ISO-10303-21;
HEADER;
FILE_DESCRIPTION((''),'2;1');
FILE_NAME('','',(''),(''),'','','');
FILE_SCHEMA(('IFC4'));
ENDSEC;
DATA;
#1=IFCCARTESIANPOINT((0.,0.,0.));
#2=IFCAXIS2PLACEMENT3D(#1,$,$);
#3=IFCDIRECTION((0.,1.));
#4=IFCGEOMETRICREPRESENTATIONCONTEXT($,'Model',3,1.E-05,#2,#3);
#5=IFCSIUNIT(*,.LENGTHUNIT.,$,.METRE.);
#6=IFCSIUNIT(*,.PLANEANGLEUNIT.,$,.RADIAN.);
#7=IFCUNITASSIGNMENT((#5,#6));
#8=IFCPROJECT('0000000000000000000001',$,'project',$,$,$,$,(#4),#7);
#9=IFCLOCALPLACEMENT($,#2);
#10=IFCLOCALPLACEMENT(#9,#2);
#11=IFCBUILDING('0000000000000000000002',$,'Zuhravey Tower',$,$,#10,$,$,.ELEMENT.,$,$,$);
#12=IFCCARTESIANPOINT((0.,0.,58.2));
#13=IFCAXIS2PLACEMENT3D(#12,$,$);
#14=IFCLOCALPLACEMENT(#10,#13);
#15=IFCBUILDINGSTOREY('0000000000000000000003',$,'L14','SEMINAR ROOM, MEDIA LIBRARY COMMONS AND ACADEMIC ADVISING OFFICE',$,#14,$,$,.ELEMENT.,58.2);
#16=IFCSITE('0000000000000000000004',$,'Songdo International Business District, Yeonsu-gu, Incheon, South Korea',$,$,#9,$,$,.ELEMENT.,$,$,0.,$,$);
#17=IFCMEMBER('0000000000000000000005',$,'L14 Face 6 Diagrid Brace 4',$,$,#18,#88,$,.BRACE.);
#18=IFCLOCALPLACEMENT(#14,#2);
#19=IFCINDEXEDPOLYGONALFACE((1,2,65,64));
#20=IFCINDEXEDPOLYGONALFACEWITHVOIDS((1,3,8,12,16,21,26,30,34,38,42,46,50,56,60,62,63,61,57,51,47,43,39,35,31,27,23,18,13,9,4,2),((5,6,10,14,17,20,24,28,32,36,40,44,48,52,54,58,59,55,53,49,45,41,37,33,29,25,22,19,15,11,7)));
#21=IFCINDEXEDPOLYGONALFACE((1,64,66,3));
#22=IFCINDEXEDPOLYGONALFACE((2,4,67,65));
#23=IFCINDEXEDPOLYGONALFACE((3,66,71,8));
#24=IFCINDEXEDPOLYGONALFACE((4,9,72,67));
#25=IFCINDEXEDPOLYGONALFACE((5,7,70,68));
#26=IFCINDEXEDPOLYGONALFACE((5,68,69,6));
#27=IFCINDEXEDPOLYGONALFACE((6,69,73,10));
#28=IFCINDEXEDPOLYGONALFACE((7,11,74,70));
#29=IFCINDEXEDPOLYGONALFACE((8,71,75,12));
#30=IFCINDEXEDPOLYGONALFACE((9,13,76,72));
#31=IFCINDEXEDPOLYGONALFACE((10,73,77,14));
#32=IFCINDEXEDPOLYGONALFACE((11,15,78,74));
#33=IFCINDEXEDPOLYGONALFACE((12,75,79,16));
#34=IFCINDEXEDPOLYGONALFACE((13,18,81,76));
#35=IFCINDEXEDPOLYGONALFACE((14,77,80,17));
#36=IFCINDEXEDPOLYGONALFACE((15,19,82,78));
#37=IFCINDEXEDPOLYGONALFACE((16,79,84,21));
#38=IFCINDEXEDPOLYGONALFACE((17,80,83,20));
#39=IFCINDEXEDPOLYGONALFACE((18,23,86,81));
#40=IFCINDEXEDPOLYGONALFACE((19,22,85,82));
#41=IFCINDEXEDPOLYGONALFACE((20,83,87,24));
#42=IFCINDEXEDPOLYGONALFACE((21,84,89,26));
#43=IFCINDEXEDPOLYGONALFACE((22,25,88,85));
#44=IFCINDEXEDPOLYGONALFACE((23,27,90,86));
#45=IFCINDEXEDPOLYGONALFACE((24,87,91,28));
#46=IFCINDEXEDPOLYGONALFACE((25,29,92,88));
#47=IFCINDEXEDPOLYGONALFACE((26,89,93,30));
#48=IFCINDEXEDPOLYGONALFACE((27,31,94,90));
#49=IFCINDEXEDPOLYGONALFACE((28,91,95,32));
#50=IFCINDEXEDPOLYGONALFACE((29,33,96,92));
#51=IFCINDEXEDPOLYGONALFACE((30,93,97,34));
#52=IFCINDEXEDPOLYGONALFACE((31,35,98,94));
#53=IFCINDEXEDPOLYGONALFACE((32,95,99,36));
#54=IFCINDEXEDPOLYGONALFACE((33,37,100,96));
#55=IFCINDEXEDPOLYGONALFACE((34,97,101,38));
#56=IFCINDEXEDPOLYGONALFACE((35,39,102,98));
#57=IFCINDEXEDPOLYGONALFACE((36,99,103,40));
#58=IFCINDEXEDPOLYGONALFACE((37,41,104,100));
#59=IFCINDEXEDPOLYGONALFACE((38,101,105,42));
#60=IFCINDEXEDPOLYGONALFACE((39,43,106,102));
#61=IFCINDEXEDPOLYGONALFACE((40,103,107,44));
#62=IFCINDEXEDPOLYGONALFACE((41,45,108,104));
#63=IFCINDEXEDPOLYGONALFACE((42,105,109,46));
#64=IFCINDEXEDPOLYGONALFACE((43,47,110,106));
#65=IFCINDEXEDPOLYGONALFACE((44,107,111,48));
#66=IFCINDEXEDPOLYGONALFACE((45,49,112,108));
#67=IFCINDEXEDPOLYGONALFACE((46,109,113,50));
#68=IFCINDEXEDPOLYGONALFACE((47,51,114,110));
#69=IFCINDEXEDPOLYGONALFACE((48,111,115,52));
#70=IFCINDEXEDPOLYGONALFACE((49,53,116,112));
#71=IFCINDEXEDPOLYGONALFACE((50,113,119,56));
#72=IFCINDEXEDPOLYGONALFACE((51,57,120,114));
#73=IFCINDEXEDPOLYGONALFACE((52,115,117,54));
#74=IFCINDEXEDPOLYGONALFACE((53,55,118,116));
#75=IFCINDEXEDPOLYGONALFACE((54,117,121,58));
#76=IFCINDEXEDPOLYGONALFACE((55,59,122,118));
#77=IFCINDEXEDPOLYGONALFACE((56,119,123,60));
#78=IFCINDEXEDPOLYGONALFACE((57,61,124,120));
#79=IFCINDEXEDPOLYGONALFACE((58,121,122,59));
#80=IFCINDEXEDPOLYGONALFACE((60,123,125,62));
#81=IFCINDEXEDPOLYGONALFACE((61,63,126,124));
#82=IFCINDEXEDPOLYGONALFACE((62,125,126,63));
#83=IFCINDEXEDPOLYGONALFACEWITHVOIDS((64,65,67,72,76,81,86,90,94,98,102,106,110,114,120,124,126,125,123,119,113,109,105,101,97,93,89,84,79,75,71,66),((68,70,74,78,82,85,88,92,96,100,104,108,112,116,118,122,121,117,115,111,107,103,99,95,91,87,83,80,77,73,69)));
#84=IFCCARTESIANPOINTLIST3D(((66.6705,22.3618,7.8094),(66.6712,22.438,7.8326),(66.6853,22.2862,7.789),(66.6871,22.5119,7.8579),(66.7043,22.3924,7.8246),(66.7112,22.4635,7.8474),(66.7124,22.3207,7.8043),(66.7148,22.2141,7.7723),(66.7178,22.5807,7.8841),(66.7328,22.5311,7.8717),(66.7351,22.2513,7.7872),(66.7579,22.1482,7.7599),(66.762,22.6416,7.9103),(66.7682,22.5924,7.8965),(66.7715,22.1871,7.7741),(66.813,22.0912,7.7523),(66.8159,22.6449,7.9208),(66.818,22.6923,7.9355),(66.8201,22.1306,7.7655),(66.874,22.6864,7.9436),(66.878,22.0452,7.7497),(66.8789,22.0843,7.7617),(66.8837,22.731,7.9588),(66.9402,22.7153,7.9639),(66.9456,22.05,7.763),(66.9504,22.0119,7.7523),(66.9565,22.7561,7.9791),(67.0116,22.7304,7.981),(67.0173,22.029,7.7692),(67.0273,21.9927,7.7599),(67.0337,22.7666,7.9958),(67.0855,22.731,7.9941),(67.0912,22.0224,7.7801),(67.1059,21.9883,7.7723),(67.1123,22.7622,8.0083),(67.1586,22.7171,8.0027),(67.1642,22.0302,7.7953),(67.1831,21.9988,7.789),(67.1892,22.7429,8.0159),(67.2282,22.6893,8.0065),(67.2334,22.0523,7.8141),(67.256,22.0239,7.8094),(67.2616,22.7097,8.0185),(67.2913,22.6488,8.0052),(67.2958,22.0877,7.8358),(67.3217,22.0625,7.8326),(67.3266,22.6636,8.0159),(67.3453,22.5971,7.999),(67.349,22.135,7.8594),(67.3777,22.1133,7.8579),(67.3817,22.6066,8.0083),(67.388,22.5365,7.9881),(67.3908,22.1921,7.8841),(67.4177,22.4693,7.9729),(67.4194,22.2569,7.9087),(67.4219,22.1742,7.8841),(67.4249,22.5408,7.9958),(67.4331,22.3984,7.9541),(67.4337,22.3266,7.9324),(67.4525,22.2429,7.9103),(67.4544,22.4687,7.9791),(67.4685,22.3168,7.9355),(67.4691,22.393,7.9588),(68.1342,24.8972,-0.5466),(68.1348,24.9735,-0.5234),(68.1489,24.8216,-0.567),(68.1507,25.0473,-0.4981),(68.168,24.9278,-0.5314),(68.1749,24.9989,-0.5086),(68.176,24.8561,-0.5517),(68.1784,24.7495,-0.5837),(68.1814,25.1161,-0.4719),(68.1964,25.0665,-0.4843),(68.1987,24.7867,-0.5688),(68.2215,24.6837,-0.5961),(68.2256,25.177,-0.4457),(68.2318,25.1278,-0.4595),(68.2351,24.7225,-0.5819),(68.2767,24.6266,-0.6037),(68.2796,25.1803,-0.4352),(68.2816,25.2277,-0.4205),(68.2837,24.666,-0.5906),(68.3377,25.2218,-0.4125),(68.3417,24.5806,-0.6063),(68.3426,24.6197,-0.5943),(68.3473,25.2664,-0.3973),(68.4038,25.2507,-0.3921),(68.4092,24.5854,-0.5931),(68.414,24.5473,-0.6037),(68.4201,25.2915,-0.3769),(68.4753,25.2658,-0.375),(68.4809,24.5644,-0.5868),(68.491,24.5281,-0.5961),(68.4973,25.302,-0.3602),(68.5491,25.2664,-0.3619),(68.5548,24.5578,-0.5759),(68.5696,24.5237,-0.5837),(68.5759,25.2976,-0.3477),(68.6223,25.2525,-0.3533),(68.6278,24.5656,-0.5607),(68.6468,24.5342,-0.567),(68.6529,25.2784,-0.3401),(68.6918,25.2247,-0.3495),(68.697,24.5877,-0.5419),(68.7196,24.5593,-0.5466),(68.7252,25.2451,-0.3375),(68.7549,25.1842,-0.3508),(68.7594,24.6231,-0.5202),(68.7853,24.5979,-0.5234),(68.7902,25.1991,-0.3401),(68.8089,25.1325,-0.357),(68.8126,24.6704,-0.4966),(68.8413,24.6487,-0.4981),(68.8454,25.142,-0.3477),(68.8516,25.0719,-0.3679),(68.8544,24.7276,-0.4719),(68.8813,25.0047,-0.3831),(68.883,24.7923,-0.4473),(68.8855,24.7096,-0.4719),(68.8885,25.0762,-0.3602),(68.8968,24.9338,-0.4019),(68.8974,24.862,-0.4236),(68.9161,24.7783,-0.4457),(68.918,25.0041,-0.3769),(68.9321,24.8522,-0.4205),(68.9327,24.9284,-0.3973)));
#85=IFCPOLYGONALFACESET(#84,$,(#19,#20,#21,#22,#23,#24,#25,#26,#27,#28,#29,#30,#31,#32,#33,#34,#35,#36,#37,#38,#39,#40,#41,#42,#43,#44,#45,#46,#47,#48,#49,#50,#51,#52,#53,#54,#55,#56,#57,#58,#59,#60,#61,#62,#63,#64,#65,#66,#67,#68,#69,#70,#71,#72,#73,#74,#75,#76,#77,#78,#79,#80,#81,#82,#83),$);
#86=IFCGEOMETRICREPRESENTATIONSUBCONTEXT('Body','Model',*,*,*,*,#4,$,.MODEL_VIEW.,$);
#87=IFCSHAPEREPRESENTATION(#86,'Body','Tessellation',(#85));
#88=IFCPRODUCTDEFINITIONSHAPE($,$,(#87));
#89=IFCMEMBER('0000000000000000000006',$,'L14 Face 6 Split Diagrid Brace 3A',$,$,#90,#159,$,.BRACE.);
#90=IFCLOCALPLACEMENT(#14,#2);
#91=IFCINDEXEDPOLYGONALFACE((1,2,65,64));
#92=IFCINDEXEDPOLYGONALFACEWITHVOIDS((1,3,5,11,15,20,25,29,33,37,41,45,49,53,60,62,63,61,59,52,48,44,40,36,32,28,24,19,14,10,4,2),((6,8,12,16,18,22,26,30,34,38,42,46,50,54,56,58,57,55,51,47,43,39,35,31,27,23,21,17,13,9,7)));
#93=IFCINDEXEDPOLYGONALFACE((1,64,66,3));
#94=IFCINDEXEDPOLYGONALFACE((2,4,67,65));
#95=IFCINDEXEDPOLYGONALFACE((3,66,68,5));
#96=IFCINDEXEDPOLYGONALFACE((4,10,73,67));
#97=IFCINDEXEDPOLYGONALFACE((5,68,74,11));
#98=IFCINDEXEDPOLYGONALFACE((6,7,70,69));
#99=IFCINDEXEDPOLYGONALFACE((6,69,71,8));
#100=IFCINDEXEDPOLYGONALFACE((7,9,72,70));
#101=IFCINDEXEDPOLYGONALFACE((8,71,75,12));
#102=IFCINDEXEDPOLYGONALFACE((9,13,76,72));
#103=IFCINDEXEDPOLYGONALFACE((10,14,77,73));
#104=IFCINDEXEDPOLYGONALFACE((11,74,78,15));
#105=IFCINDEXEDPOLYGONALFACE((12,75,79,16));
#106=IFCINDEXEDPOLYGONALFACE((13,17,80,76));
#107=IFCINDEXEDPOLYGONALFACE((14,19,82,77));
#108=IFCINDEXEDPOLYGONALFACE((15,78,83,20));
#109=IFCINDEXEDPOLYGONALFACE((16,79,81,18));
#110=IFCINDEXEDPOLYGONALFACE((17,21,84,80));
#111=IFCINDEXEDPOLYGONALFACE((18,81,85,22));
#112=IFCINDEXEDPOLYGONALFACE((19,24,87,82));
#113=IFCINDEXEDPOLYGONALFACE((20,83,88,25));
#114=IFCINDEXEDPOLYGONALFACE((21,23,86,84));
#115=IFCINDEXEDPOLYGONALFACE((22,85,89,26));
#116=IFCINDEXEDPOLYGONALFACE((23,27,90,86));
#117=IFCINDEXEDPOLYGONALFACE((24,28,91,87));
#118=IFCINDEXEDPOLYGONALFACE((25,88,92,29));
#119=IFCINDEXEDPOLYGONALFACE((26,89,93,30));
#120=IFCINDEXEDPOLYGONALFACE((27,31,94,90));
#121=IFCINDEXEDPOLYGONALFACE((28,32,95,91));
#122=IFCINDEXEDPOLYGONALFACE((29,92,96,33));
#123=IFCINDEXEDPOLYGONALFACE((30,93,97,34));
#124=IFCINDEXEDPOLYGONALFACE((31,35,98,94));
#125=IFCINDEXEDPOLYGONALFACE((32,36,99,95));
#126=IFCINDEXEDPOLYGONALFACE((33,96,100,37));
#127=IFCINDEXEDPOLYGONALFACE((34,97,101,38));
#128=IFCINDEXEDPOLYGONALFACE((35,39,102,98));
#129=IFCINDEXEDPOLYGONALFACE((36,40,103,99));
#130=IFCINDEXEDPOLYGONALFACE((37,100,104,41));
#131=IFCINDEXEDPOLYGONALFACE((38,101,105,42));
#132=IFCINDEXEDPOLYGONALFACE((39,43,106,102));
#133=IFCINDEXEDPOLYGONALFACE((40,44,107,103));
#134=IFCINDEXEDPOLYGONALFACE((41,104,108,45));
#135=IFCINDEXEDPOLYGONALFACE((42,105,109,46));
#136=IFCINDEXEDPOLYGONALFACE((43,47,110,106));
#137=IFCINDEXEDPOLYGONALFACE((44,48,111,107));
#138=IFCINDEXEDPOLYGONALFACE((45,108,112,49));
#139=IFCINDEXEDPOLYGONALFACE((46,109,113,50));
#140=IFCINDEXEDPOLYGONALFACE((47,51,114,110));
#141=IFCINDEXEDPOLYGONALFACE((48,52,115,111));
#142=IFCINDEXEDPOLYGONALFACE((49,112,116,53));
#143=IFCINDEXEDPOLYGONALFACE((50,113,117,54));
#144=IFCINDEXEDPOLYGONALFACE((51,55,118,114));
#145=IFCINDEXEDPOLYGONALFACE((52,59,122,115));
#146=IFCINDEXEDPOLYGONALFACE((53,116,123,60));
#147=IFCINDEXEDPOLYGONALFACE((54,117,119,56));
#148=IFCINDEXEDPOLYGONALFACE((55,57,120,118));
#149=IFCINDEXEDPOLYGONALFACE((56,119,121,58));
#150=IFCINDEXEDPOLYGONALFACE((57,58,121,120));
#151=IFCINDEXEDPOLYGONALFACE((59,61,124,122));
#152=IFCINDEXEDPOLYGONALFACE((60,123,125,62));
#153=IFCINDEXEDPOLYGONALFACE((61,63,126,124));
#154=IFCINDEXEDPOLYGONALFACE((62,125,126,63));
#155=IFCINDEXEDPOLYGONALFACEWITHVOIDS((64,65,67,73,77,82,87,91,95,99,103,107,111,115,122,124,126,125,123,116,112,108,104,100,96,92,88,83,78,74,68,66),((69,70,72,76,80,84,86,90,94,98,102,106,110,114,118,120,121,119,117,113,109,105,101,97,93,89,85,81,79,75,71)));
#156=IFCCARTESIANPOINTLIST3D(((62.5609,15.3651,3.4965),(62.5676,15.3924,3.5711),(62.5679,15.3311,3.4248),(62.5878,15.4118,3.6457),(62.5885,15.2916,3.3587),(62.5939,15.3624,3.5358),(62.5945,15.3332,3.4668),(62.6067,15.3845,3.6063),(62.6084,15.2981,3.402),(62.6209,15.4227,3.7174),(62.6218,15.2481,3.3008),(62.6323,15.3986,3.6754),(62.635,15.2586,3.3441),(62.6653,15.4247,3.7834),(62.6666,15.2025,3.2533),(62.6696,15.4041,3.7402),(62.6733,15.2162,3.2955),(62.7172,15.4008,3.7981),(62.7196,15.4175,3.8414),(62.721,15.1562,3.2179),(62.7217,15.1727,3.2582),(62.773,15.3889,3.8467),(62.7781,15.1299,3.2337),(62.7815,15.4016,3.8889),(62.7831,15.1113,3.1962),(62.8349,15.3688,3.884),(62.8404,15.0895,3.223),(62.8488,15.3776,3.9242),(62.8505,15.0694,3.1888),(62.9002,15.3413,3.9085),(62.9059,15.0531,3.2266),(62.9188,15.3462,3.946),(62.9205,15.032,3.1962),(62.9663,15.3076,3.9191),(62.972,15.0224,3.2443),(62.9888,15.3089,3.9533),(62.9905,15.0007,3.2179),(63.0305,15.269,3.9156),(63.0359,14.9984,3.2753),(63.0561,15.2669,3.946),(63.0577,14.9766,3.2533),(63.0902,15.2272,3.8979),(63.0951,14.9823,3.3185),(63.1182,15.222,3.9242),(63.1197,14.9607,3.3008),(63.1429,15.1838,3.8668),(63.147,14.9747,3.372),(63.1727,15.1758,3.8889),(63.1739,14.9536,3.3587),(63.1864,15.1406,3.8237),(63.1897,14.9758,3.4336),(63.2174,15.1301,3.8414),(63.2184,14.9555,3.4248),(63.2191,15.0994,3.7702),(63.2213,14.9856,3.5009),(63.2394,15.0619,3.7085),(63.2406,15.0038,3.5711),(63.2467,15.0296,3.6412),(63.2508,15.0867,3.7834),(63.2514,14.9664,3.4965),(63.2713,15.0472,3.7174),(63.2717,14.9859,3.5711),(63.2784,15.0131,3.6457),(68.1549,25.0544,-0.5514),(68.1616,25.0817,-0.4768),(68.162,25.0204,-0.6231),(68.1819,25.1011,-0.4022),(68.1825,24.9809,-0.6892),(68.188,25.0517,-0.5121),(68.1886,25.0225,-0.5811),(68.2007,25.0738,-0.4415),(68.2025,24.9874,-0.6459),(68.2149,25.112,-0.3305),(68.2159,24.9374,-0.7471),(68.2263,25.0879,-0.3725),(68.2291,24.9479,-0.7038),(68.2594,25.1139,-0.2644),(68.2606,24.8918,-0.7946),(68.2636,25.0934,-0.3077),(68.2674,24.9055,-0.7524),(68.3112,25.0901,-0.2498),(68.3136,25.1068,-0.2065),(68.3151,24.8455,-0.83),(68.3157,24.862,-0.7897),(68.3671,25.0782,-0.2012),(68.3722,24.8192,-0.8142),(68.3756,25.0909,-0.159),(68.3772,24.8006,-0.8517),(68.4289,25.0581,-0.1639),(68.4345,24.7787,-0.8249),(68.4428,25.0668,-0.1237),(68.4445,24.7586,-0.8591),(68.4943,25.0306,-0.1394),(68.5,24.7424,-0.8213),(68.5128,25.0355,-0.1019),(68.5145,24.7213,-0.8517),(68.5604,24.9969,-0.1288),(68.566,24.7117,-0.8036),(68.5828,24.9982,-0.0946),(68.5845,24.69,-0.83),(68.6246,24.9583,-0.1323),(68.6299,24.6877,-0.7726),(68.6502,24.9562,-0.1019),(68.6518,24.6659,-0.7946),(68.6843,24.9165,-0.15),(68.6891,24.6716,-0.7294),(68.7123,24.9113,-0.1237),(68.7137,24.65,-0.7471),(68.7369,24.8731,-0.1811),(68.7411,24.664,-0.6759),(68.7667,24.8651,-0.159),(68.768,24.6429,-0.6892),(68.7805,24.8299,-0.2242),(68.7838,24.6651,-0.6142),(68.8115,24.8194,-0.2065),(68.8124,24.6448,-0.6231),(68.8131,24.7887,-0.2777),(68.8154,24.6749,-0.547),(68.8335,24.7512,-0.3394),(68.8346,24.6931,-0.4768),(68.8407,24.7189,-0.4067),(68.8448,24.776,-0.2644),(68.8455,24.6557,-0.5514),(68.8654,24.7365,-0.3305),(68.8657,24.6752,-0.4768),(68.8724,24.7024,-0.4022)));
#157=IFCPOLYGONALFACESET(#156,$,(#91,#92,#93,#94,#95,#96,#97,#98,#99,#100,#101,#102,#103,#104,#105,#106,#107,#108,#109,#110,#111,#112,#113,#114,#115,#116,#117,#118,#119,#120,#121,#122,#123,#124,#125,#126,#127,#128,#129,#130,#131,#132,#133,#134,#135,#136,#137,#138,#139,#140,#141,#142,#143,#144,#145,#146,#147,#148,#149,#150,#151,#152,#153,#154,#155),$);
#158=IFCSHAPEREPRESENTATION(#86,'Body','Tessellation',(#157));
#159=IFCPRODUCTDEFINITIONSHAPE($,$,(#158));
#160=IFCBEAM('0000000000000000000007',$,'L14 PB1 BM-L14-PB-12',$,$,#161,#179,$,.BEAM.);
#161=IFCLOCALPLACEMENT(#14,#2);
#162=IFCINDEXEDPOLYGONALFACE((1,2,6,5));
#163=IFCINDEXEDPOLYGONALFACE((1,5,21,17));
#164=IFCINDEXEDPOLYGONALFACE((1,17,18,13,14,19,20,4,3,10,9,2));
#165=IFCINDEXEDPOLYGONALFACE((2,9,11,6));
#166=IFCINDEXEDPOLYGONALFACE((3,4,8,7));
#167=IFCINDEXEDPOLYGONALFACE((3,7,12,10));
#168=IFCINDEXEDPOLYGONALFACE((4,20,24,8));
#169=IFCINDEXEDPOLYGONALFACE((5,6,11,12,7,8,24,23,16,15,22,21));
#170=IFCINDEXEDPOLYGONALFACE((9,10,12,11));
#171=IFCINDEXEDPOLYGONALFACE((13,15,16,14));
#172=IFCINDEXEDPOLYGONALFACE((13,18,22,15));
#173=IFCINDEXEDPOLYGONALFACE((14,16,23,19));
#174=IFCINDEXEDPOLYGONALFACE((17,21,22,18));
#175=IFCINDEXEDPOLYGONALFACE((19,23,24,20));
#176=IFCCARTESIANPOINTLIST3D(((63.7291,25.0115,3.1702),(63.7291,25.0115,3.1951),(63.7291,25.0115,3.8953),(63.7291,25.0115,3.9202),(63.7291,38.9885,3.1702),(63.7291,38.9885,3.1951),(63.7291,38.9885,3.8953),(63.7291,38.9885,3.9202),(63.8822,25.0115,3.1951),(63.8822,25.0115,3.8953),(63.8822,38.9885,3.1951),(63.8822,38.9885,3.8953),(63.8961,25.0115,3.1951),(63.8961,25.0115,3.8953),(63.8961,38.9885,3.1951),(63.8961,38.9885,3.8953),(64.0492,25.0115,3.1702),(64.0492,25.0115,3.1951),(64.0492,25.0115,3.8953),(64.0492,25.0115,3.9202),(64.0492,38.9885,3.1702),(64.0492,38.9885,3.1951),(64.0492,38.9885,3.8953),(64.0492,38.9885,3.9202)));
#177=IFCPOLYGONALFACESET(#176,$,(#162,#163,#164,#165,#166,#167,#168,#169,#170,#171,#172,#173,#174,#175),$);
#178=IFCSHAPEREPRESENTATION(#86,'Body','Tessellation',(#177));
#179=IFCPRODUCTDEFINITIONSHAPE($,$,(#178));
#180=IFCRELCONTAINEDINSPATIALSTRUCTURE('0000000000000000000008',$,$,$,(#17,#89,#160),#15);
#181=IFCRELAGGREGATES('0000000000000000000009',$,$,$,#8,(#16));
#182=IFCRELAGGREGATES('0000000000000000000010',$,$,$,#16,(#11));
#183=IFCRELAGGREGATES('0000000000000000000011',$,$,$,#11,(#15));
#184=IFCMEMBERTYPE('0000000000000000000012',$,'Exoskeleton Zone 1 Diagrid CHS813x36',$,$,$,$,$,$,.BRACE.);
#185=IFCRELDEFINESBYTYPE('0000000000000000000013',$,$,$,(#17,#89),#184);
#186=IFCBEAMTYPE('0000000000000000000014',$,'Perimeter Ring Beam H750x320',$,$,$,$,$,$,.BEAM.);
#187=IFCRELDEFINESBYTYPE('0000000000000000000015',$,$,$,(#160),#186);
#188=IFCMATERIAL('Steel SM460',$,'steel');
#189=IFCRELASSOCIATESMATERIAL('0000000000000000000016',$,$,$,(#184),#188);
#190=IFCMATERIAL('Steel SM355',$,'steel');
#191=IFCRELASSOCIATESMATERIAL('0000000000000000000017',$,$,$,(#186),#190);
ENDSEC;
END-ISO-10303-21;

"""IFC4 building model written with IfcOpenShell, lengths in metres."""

from ifc_helpers import new_model, si_unit, direction, frame, origin, origin_2d, place, context, subcontext, project, spatial, hollow_circle, i_section, extrude, material, material_profile, profile_set, type_object, element, save


model = new_model("IFC4")

# Units and contexts
model_context = context("Model", 3, precision=1e-05, world=origin(), true_north=direction((0.0, 1.0)))
body_context = subcontext(model_context, "Body", "Model", "MODEL_VIEW")
ifc_project = project(units=[si_unit("LENGTHUNIT", "METRE"), si_unit("PLANEANGLEUNIT", "RADIAN")], contexts=[model_context])

# Site, building, storey
site_placement = place(None, origin())
site = spatial("IfcSite", under=ifc_project, at=site_placement, Name="Songdo International Business District, Yeonsu-gu, Incheon, South Korea", CompositionType="ELEMENT", RefElevation=0.0)
building_placement = place(site_placement, origin())
building = spatial("IfcBuilding", under=site, at=building_placement, Name="Zuhravey Tower", CompositionType="ELEMENT")
storey_placement = place(building_placement, frame((0.0, 0.0, 58.2)))
storey = spatial("IfcBuildingStorey", under=building, at=storey_placement, Name="L14", Description="SEMINAR ROOM, MEDIA LIBRARY COMMONS AND ACADEMIC ADVISING OFFICE", CompositionType="ELEMENT", Elevation=58.2)

# Members
ifc_material_1 = material(Name="Steel SM460", Category="steel")
ifc_material_profile_1 = material_profile(ifc_material_1, hollow_circle(Radius=0.4065, WallThickness=0.0359, at=origin_2d()), Name="CHS-812.8x36")
ifc_profile_set_1 = profile_set([ifc_material_profile_1], Name="Steel SM460")
member_type_1 = type_object("IfcMemberType", Name="Exoskeleton Zone 1 Diagrid CHS813x36", PredefinedType="BRACE", material=ifc_profile_set_1)
member_1_placement = place(storey_placement, frame((68.5334, 24.9128, -0.4719), z_axis=(-0.165307, -0.286358, 0.943755), x_axis=(0.866054, -0.499951, 0.0)))
element("IfcMember", 1, at=member_1_placement, inside=storey, type_object=member_type_1, Name="L14 Face 6 Diagrid Brace 4", PredefinedType="BRACE", context=body_context, shape_type="SweptSolid", body=[
    extrude(hollow_circle(Radius=0.4065, WallThickness=0.0359, at=origin_2d()), origin(), (0.0, 0.0, 1.0), 8.854),
])
member_2_placement = place(storey_placement, frame((68.5137, 24.8784, -0.4768), z_axis=(-0.470169, -0.814367, 0.340217), x_axis=(0.866028, -0.499995, 0.0)))
element("IfcMember", 2, at=member_2_placement, inside=storey, type_object=member_type_1, Name="L14 Face 6 Split Diagrid Brace 3A", PredefinedType="BRACE", context=body_context, shape_type="SweptSolid", body=[
    extrude(hollow_circle(Radius=0.4065, WallThickness=0.0359, at=origin_2d()), origin(), (0.0, 0.0, 1.0), 11.8979),
])

# Beam
ifc_material_2 = material(Name="Steel SM355", Category="steel")
ifc_material_profile_2 = material_profile(ifc_material_2, i_section(OverallWidth=0.3201, OverallDepth=0.75, WebThickness=0.0139, FlangeThickness=0.0249, at=origin_2d()), Name="H-750x320x14x25")
ifc_profile_set_2 = profile_set([ifc_material_profile_2], Name="Steel SM355")
beam_type_1 = type_object("IfcBeamType", Name="Perimeter Ring Beam H750x320", PredefinedType="BEAM", material=ifc_profile_set_2)
beam_1_placement = place(storey_placement, frame((63.8892, 25.0115, 3.5452), z_axis=(0.0, 1.0, 0.0), x_axis=(-1.0, 0.0, 0.0)))
element("IfcBeam", 3, at=beam_1_placement, inside=storey, type_object=beam_type_1, Name="L14 PB1 BM-L14-PB-12", PredefinedType="BEAM", context=body_context, shape_type="SweptSolid", body=[
    extrude(i_section(OverallWidth=0.3201, OverallDepth=0.75, WebThickness=0.0139, FlangeThickness=0.0249, at=origin_2d()), origin(), (0.0, 0.0, 1.0), 13.9771),
])

save(model, "model.ifc")
